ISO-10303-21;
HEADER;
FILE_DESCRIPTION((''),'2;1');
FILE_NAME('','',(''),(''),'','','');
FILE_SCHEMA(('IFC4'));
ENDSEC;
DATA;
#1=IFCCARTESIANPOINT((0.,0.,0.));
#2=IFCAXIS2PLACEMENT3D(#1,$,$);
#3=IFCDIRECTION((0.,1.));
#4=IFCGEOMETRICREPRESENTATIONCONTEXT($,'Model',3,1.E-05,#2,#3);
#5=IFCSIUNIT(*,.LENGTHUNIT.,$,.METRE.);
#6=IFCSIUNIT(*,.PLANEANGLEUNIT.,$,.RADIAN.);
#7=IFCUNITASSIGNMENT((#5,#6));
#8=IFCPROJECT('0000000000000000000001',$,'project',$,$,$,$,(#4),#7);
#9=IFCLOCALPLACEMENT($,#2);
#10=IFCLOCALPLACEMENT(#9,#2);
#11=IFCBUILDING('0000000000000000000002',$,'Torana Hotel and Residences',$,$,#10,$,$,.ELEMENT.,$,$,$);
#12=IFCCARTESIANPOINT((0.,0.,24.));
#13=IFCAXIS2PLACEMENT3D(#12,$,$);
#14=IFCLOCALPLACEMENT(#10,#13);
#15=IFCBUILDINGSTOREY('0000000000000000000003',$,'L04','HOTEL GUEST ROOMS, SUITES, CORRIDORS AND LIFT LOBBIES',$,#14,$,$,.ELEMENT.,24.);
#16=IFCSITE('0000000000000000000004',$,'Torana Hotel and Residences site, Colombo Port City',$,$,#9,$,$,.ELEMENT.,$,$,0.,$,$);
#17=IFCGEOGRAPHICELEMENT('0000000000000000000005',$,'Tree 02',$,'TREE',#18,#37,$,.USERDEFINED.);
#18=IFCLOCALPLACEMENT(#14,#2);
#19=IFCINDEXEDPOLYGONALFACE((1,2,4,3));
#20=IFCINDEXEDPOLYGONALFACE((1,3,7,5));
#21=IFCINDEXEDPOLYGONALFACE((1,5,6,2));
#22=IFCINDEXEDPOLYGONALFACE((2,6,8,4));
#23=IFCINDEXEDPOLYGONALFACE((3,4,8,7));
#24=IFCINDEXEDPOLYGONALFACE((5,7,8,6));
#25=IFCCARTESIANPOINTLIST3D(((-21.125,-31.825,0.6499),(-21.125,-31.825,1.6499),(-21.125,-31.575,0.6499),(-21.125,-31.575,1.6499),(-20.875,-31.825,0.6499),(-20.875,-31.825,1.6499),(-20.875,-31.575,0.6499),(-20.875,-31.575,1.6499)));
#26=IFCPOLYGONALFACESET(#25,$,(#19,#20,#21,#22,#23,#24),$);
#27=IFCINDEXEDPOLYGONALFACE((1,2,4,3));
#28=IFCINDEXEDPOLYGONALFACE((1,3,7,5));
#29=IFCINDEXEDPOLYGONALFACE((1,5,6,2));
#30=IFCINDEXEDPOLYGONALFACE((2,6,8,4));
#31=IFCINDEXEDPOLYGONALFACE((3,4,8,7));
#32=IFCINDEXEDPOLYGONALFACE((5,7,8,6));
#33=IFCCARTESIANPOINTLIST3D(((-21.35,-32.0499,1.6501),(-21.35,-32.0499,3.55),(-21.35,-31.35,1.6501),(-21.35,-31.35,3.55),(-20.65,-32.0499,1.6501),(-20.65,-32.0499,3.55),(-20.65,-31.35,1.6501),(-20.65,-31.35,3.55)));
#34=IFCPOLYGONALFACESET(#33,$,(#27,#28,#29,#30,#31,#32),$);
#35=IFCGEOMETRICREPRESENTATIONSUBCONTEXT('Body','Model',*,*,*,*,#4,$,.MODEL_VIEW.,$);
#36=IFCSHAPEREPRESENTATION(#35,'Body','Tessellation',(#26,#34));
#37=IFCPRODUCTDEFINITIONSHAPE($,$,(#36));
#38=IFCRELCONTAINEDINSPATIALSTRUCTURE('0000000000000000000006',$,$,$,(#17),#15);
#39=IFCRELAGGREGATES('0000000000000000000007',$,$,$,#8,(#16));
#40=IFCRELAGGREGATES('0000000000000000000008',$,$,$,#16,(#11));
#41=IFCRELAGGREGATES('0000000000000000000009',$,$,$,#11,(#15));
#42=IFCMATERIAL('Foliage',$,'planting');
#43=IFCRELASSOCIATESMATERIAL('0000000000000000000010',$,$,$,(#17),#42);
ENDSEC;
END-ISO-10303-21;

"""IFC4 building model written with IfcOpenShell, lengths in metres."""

from ifc_helpers import new_model, si_unit, direction, frame, origin, origin_2d, place, context, subcontext, project, spatial, rectangle, extrude, material, element, save


model = new_model("IFC4")

# Units and contexts
model_context = context("Model", 3, precision=1e-05, world=origin(), true_north=direction((0.0, 1.0)))
body_context = subcontext(model_context, "Body", "Model", "MODEL_VIEW")
ifc_project = project(units=[si_unit("LENGTHUNIT", "METRE"), si_unit("PLANEANGLEUNIT", "RADIAN")], contexts=[model_context])

# Site, building, storey
site_placement = place(None, origin())
site = spatial("IfcSite", under=ifc_project, at=site_placement, Name="Torana Hotel and Residences site, Colombo Port City", CompositionType="ELEMENT", RefElevation=0.0)
building_placement = place(site_placement, origin())
building = spatial("IfcBuilding", under=site, at=building_placement, Name="Torana Hotel and Residences", CompositionType="ELEMENT")
storey_placement = place(building_placement, frame((0.0, 0.0, 24.0)))
storey = spatial("IfcBuildingStorey", under=building, at=storey_placement, Name="L04", Description="HOTEL GUEST ROOMS, SUITES, CORRIDORS AND LIFT LOBBIES", CompositionType="ELEMENT", Elevation=24.0)

# Geographic element
ifc_material_1 = material(Name="Foliage", Category="planting")
geographic_element_placement = place(storey_placement, frame((-21.0, -31.7, 0.6499), z_axis=(0.0, 0.0, 1.0), x_axis=(1.0, 0.0, 0.0)))
element("IfcGeographicElement", 1, at=geographic_element_placement, inside=storey, material=ifc_material_1, Name="Tree 02", ObjectType="TREE", PredefinedType="USERDEFINED", context=body_context, shape_type="SweptSolid", body=[
    extrude(rectangle(XDim=0.25, YDim=0.25, at=origin_2d()), origin(), (0.0, 0.0, 1.0), 1.0),
    extrude(rectangle(XDim=0.7, YDim=0.7, at=origin_2d()), frame((0.0, 0.0, 1.0002)), (0.0, 0.0, 1.0), 1.8999),
])

save(model, "model.ifc")
